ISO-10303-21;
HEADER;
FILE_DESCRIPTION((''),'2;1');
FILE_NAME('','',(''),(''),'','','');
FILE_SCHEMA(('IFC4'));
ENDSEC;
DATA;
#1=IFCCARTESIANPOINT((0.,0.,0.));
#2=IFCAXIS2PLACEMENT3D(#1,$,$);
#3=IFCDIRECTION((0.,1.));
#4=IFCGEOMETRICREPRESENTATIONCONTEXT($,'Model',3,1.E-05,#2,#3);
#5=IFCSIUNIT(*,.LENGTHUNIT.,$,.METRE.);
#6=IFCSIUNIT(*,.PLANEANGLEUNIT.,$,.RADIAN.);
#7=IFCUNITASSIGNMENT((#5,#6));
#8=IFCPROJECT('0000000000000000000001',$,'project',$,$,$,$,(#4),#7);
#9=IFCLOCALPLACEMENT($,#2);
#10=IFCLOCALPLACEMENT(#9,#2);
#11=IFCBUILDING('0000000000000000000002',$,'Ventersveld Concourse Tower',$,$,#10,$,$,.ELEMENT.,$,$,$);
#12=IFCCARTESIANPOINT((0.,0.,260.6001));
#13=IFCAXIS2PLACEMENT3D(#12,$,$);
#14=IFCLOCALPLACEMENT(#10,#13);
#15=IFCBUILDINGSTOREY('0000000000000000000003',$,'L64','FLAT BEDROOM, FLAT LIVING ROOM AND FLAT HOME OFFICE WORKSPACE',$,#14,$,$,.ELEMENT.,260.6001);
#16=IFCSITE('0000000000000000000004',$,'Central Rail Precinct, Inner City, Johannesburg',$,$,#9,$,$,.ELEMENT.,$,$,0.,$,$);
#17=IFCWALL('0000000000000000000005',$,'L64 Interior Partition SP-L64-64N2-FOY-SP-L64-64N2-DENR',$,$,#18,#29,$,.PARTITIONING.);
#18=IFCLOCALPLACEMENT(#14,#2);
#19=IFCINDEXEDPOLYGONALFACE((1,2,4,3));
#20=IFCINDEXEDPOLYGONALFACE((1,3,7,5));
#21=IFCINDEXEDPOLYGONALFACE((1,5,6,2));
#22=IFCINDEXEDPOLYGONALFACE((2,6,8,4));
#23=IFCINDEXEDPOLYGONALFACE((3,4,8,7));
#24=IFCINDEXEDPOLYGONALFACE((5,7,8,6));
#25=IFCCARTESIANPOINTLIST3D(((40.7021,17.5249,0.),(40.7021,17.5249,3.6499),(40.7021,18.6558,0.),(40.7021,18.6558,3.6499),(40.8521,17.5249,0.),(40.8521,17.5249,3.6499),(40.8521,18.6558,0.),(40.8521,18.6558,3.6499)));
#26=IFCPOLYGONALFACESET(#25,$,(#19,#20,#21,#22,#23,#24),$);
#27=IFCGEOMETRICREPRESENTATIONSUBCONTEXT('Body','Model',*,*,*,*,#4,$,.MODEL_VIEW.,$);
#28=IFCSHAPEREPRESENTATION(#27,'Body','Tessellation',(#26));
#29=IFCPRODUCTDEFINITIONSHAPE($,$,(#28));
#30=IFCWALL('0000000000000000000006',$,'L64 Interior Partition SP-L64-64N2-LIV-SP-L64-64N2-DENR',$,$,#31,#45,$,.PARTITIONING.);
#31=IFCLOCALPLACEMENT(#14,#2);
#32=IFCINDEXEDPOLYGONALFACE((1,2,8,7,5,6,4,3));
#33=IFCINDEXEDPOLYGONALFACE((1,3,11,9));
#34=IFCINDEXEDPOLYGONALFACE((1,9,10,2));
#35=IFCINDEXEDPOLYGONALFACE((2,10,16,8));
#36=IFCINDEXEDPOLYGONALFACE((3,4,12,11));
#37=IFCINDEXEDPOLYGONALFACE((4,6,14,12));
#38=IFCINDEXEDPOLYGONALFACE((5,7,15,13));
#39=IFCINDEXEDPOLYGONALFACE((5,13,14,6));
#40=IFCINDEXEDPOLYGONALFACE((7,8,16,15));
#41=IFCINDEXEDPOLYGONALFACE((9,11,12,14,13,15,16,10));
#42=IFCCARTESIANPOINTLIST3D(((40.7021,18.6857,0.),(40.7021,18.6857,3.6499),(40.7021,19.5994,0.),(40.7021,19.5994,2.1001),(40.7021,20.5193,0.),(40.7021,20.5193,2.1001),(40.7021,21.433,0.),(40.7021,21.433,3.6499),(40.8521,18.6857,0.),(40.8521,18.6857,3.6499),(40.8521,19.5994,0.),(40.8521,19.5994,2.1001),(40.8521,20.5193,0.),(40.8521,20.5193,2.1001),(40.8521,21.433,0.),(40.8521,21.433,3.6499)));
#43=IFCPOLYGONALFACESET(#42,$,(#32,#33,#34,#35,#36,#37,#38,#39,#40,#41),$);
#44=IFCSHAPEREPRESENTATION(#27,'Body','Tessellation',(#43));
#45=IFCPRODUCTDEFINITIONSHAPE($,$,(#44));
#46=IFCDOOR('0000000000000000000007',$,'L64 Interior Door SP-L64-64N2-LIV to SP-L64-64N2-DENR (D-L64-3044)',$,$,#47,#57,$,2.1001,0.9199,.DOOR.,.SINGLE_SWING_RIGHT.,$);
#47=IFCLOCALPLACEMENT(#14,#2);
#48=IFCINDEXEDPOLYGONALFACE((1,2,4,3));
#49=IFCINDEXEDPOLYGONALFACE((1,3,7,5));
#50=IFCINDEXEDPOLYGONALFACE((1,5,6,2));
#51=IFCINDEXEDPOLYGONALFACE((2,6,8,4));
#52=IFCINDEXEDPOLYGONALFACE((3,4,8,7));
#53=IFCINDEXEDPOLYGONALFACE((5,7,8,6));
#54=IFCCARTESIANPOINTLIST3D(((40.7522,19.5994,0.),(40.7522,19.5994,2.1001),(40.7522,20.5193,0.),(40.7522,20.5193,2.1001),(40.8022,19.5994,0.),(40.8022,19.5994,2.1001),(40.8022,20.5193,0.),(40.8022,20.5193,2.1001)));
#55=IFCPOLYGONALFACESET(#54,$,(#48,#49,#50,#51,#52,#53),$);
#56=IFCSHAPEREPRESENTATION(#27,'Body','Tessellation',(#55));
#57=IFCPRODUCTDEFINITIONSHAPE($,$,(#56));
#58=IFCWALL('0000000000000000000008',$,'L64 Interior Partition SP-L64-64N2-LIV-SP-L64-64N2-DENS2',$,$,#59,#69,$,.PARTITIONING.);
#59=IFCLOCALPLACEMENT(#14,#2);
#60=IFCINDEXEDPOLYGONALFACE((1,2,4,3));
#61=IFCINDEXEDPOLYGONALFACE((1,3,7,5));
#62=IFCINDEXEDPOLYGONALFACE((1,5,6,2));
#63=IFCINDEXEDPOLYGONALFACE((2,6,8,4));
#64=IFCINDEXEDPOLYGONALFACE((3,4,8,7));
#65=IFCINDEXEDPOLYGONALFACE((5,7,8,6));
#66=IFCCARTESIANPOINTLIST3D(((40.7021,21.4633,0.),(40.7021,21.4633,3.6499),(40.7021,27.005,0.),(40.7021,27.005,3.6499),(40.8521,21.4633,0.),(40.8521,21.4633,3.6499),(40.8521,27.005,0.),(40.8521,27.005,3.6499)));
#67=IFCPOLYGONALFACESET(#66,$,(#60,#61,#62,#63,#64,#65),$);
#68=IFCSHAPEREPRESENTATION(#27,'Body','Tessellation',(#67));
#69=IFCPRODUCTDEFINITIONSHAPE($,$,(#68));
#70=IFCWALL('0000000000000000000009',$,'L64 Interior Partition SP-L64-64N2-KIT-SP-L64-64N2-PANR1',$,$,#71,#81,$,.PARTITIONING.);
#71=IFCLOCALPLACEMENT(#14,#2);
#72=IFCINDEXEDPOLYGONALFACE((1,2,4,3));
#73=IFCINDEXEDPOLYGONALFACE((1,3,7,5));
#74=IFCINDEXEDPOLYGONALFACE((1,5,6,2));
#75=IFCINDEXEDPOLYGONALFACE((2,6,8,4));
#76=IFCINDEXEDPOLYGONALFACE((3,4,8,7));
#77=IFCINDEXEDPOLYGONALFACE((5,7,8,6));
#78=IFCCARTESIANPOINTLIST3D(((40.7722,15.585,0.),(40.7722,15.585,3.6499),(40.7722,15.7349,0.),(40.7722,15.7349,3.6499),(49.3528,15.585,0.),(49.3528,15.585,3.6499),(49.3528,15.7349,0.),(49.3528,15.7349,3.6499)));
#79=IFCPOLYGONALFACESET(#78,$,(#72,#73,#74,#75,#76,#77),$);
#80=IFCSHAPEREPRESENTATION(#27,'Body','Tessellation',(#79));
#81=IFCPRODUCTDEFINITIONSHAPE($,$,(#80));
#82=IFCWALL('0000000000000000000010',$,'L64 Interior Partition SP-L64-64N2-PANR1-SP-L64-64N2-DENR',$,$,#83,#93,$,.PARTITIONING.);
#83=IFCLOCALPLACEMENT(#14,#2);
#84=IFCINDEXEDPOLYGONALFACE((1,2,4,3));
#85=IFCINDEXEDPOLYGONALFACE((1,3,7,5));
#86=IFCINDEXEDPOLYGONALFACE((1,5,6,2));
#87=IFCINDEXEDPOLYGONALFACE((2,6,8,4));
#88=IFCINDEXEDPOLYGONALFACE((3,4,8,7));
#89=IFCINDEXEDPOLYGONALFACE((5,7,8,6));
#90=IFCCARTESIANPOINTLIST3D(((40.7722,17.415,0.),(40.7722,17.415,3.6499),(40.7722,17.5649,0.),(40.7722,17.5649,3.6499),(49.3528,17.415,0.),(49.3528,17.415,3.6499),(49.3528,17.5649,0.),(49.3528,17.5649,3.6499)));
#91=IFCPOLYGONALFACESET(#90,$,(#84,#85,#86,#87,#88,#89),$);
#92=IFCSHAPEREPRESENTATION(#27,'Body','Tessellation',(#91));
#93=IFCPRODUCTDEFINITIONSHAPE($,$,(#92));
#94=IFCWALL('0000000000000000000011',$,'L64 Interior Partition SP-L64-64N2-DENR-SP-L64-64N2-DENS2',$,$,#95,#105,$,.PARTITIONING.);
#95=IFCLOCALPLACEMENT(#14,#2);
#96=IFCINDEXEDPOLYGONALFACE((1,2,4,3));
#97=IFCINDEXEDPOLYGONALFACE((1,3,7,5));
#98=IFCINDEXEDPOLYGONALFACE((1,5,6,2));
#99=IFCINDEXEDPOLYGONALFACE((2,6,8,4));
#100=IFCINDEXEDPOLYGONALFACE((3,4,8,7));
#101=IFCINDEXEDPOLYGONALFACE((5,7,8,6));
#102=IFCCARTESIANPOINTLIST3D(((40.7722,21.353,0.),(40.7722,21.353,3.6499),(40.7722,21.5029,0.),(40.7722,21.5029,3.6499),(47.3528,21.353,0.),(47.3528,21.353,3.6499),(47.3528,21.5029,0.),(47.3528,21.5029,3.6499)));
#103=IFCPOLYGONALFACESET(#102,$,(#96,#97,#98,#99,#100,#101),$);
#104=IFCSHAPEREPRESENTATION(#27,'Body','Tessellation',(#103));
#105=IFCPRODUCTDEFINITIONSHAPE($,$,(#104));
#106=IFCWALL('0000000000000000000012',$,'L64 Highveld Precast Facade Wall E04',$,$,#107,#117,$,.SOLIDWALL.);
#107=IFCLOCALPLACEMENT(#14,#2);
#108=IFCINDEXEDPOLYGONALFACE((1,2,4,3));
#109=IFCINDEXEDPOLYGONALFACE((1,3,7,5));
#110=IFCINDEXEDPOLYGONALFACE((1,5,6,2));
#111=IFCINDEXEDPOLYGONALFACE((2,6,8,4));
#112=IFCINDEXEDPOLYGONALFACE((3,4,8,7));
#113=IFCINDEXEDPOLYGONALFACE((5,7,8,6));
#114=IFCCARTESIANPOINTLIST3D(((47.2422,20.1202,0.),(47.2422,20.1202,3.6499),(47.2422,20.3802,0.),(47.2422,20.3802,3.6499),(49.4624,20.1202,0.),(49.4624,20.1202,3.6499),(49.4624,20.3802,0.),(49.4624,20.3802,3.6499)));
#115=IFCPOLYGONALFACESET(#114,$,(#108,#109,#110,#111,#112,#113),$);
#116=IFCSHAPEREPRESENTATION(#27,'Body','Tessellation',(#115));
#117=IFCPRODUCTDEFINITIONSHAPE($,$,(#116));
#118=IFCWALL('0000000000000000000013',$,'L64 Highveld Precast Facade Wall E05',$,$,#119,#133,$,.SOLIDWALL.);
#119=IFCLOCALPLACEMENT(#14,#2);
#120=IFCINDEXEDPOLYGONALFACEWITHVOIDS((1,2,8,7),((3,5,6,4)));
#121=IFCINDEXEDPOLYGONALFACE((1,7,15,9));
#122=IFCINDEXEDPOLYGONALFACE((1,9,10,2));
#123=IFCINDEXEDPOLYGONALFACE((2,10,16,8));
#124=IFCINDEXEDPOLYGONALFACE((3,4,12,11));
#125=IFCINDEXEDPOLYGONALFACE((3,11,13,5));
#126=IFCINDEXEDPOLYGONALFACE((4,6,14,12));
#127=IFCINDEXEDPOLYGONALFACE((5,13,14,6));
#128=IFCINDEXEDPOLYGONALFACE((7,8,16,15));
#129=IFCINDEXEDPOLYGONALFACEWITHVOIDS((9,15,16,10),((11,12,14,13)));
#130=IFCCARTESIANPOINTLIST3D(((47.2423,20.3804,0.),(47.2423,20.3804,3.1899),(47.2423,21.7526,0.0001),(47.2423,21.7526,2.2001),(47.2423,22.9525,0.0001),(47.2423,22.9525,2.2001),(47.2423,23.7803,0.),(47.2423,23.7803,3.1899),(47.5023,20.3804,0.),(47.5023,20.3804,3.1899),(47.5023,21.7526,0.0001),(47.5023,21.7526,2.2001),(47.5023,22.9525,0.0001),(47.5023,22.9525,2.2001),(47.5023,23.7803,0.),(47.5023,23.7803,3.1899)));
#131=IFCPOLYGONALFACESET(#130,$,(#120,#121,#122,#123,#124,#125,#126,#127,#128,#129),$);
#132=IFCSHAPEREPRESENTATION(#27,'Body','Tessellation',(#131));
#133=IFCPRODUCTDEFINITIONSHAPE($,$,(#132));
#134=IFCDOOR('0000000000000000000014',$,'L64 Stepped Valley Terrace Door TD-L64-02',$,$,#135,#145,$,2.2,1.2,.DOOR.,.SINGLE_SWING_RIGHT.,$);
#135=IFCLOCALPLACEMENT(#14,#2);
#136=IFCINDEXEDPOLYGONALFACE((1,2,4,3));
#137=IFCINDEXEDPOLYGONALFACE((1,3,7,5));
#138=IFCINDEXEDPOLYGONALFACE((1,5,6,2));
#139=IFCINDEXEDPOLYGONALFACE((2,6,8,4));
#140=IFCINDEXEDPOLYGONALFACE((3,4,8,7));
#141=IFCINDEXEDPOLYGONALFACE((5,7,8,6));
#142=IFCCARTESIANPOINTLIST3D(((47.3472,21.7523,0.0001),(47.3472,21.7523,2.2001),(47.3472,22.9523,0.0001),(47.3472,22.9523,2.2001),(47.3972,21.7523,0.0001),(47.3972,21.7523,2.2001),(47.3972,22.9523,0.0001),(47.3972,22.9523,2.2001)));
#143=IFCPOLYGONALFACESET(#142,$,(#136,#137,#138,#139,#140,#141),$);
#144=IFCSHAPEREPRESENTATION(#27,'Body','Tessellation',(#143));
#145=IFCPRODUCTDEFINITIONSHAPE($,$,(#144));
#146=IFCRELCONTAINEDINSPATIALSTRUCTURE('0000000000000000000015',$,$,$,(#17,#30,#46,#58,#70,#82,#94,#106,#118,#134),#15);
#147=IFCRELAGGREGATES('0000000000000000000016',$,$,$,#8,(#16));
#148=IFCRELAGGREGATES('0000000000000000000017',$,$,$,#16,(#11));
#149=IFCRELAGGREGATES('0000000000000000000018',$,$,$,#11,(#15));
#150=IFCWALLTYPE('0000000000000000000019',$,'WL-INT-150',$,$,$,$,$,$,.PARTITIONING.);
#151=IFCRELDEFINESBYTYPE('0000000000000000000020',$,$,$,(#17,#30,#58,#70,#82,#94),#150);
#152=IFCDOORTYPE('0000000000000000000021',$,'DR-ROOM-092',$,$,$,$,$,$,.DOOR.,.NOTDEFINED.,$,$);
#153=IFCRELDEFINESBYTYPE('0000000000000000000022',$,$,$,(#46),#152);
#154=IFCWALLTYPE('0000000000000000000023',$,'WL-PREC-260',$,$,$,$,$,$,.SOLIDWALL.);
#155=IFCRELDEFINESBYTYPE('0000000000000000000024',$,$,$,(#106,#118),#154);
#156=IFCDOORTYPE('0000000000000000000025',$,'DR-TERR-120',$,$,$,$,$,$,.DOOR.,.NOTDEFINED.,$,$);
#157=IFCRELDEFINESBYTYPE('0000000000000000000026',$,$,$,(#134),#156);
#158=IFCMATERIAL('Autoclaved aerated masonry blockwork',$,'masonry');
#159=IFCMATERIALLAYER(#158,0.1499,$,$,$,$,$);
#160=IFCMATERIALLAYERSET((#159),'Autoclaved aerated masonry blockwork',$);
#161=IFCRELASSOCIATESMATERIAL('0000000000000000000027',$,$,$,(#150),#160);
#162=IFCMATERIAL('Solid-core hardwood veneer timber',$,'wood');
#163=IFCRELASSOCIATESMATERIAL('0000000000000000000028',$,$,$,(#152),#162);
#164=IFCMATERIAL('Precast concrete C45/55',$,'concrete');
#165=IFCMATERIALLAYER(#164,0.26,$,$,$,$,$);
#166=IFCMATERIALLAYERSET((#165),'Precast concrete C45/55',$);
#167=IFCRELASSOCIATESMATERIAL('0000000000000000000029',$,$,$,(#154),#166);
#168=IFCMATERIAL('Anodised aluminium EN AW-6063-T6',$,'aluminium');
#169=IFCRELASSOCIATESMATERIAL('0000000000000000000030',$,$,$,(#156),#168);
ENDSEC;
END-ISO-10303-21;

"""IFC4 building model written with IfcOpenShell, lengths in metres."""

from ifc_helpers import new_model, si_unit, direction, frame, frame_2d, origin, place, context, subcontext, project, spatial, rectangle, extrude, material, layer, layer_set, type_object, element, fill, save


model = new_model("IFC4")

# Units and contexts
model_context = context("Model", 3, precision=1e-05, world=origin(), true_north=direction((0.0, 1.0)))
body_context = subcontext(model_context, "Body", "Model", "MODEL_VIEW")
ifc_project = project(units=[si_unit("LENGTHUNIT", "METRE"), si_unit("PLANEANGLEUNIT", "RADIAN")], contexts=[model_context])

# Site, building, storey
site_placement = place(None, origin())
site = spatial("IfcSite", under=ifc_project, at=site_placement, Name="Central Rail Precinct, Inner City, Johannesburg", CompositionType="ELEMENT", RefElevation=0.0)
building_placement = place(site_placement, origin())
building = spatial("IfcBuilding", under=site, at=building_placement, Name="Ventersveld Concourse Tower", CompositionType="ELEMENT")
storey_placement = place(building_placement, frame((0.0, 0.0, 260.6001)))
storey = spatial("IfcBuildingStorey", under=building, at=storey_placement, Name="L64", Description="FLAT BEDROOM, FLAT LIVING ROOM AND FLAT HOME OFFICE WORKSPACE", CompositionType="ELEMENT", Elevation=260.6001)

# Shared definitions
ifc_material_1 = material(Name="Precast concrete C45/55", Category="concrete")

# Shared definitions
ifc_material_2 = material(Name="Solid-core hardwood veneer timber", Category="wood")

# Shared definitions
ifc_material_3 = material(Name="Autoclaved aerated masonry blockwork", Category="masonry")
ifc_layer_1 = layer(ifc_material_3, 0.1499)
ifc_layer_set_1 = layer_set([ifc_layer_1], Name="Autoclaved aerated masonry blockwork")
wall_type_1 = type_object("IfcWallType", Name="WL-INT-150", PredefinedType="PARTITIONING", material=ifc_layer_set_1)
door_type_1 = type_object("IfcDoorType", Name="DR-ROOM-092", OperationType="NOTDEFINED", PredefinedType="DOOR", material=ifc_material_2)

# Wall
wall_1_placement = place(storey_placement, frame((40.7771, 17.5249, 0.0), z_axis=(0.0, 0.0, 1.0), x_axis=(0.0, 1.0, 0.0)))
element("IfcWall", 1, at=wall_1_placement, inside=storey, type_object=wall_type_1, Name="L64 Interior Partition SP-L64-64N2-FOY-SP-L64-64N2-DENR", PredefinedType="PARTITIONING", context=body_context, shape_type="SweptSolid", body=[
    extrude(rectangle(XDim=1.1309, YDim=0.1499, at=frame_2d((0.5654, 0.0))), origin(), (0.0, 0.0, 1.0), 3.6499),
])

# Wall, opening, door
wall_2_placement = place(storey_placement, frame((40.7771, 18.6858, 0.0), z_axis=(0.0, 0.0, 1.0), x_axis=(0.0, 1.0, 0.0)))
wall_2 = element("IfcWall", 2, at=wall_2_placement, inside=storey, type_object=wall_type_1, Name="L64 Interior Partition SP-L64-64N2-LIV-SP-L64-64N2-DENR", PredefinedType="PARTITIONING", context=body_context, shape_type="SweptSolid", body=[
    extrude(rectangle(XDim=2.7473, YDim=0.1499, at=frame_2d((1.3735, 0.0))), origin(), (0.0, 0.0, 1.0), 3.6499),
])
opening_1_placement = place(wall_2_placement, frame((0.9136, 0.0, 0.0)))
opening_1 = element("IfcOpeningElement", 3, at=opening_1_placement, cuts=wall_2, PredefinedType="OPENING", context=body_context, shape_type="SweptSolid", body=[
    extrude(rectangle(XDim=0.9199, YDim=2.1001, at=frame_2d((0.46, 1.05))), frame((0.0, 0.085, 0.0), z_axis=(0.0, -1.0, 0.0), x_axis=(1.0, 0.0, 0.0)), (0.0, 0.0, 1.0), 0.1699),
])
door_1_placement = place(opening_1_placement, origin())
door_1 = element("IfcDoor", 4, at=door_1_placement, inside=storey, type_object=door_type_1, Name="L64 Interior Door SP-L64-64N2-LIV to SP-L64-64N2-DENR (D-L64-3044)", OperationType="SINGLE_SWING_RIGHT", OverallHeight=2.1001, OverallWidth=0.9199, PredefinedType="DOOR", context=body_context, shape_type="SweptSolid", body=[
    extrude(rectangle(XDim=0.9199, YDim=2.1001, at=frame_2d((0.46, 1.05))), frame((0.0, 0.0249, 0.0), z_axis=(0.0, -1.0, 0.0), x_axis=(1.0, 0.0, 0.0)), (0.0, 0.0, 1.0), 0.05),
])
fill(opening_1, door_1)

# Walls
wall_3_placement = place(storey_placement, frame((40.7771, 21.4631, 0.0), z_axis=(0.0, 0.0, 1.0), x_axis=(0.0, 1.0, 0.0)))
element("IfcWall", 5, at=wall_3_placement, inside=storey, type_object=wall_type_1, Name="L64 Interior Partition SP-L64-64N2-LIV-SP-L64-64N2-DENS2", PredefinedType="PARTITIONING", context=body_context, shape_type="SweptSolid", body=[
    extrude(rectangle(XDim=5.5417, YDim=0.1499, at=frame_2d((2.771, 0.0))), origin(), (0.0, 0.0, 1.0), 3.6499),
])
for number, where, z_axis, x_axis, name in (
    (6, (40.7722, 15.6599, 0.0), (0.0, 0.0, 1.0), (1.0, 0.0, 0.0), "L64 Interior Partition SP-L64-64N2-KIT-SP-L64-64N2-PANR1"),
    (7, (40.7722, 17.49, 0.0), (0.0, 0.0, 1.0), (1.0, 0.0, 0.0), "L64 Interior Partition SP-L64-64N2-PANR1-SP-L64-64N2-DENR"),
):
    element("IfcWall", number, at=place(storey_placement, frame(where, z_axis=z_axis, x_axis=x_axis)), inside=storey, type_object=wall_type_1, Name=name, PredefinedType="PARTITIONING", context=body_context, shape_type="SweptSolid", body=[
        extrude(rectangle(XDim=8.5806, YDim=0.1499, at=frame_2d((4.2903, 0.0))), origin(), (0.0, 0.0, 1.0), 3.6499),
    ])
wall_4_placement = place(storey_placement, frame((40.7722, 21.428, 0.0), z_axis=(0.0, 0.0, 1.0), x_axis=(1.0, 0.0, 0.0)))
element("IfcWall", 8, at=wall_4_placement, inside=storey, type_object=wall_type_1, Name="L64 Interior Partition SP-L64-64N2-DENR-SP-L64-64N2-DENS2", PredefinedType="PARTITIONING", context=body_context, shape_type="SweptSolid", body=[
    extrude(rectangle(XDim=6.5806, YDim=0.1499, at=frame_2d((3.2903, 0.0))), origin(), (0.0, 0.0, 1.0), 3.6499),
])
ifc_layer_2 = layer(ifc_material_1, 0.26)
ifc_layer_set_2 = layer_set([ifc_layer_2], Name="Precast concrete C45/55")
wall_type_2 = type_object("IfcWallType", Name="WL-PREC-260", PredefinedType="SOLIDWALL", material=ifc_layer_set_2)
wall_5_placement = place(storey_placement, frame((49.4624, 20.2502, 0.0), z_axis=(0.0, 0.0, 1.0), x_axis=(-1.0, 0.0, 0.0)))
element("IfcWall", 9, at=wall_5_placement, inside=storey, type_object=wall_type_2, Name="L64 Highveld Precast Facade Wall E04", PredefinedType="SOLIDWALL", context=body_context, shape_type="SweptSolid", body=[
    extrude(rectangle(XDim=2.2202, YDim=0.26, at=frame_2d((1.1101, 0.0))), origin(), (0.0, 0.0, 1.0), 3.6499),
])

# Wall, opening, door
wall_6_placement = place(storey_placement, frame((47.3723, 20.3804, 0.0), z_axis=(0.0, 0.0, 1.0), x_axis=(0.0, 1.0, 0.0)))
wall_6 = element("IfcWall", 10, at=wall_6_placement, inside=storey, type_object=wall_type_2, Name="L64 Highveld Precast Facade Wall E05", PredefinedType="SOLIDWALL", context=body_context, shape_type="SweptSolid", body=[
    extrude(rectangle(XDim=3.3999, YDim=0.26, at=frame_2d((1.7, 0.0))), origin(), (0.0, 0.0, 1.0), 3.1899),
])
opening_2_placement = place(wall_6_placement, frame((1.3721, 0.0, 0.0)))
opening_2 = element("IfcOpeningElement", 11, at=opening_2_placement, cuts=wall_6, PredefinedType="OPENING", context=body_context, shape_type="SweptSolid", body=[
    extrude(rectangle(XDim=1.2, YDim=2.2, at=frame_2d((0.6001, 1.1001))), frame((0.0, 0.1401, 0.0), z_axis=(0.0, -1.0, 0.0), x_axis=(1.0, 0.0, 0.0)), (0.0, 0.0, 1.0), 0.28),
])
ifc_material_4 = material(Name="Anodised aluminium EN AW-6063-T6", Category="aluminium")
door_type_2 = type_object("IfcDoorType", Name="DR-TERR-120", OperationType="NOTDEFINED", PredefinedType="DOOR", material=ifc_material_4)
door_2_placement = place(opening_2_placement, frame((1.2, 0.0, 0.0), z_axis=(0.0, 0.0, 1.0), x_axis=(-1.0, 0.0, 0.0)))
door_2 = element("IfcDoor", 12, at=door_2_placement, inside=storey, type_object=door_type_2, Name="L64 Stepped Valley Terrace Door TD-L64-02", OperationType="SINGLE_SWING_RIGHT", OverallHeight=2.2, OverallWidth=1.2, PredefinedType="DOOR", context=body_context, shape_type="SweptSolid", body=[
    extrude(rectangle(XDim=1.2, YDim=2.2, at=frame_2d((0.6001, 1.1001))), frame((0.0, 0.0249, 0.0), z_axis=(0.0, -1.0, 0.0), x_axis=(1.0, 0.0, 0.0)), (0.0, 0.0, 1.0), 0.05),
])
fill(opening_2, door_2)

save(model, "model.ifc")
